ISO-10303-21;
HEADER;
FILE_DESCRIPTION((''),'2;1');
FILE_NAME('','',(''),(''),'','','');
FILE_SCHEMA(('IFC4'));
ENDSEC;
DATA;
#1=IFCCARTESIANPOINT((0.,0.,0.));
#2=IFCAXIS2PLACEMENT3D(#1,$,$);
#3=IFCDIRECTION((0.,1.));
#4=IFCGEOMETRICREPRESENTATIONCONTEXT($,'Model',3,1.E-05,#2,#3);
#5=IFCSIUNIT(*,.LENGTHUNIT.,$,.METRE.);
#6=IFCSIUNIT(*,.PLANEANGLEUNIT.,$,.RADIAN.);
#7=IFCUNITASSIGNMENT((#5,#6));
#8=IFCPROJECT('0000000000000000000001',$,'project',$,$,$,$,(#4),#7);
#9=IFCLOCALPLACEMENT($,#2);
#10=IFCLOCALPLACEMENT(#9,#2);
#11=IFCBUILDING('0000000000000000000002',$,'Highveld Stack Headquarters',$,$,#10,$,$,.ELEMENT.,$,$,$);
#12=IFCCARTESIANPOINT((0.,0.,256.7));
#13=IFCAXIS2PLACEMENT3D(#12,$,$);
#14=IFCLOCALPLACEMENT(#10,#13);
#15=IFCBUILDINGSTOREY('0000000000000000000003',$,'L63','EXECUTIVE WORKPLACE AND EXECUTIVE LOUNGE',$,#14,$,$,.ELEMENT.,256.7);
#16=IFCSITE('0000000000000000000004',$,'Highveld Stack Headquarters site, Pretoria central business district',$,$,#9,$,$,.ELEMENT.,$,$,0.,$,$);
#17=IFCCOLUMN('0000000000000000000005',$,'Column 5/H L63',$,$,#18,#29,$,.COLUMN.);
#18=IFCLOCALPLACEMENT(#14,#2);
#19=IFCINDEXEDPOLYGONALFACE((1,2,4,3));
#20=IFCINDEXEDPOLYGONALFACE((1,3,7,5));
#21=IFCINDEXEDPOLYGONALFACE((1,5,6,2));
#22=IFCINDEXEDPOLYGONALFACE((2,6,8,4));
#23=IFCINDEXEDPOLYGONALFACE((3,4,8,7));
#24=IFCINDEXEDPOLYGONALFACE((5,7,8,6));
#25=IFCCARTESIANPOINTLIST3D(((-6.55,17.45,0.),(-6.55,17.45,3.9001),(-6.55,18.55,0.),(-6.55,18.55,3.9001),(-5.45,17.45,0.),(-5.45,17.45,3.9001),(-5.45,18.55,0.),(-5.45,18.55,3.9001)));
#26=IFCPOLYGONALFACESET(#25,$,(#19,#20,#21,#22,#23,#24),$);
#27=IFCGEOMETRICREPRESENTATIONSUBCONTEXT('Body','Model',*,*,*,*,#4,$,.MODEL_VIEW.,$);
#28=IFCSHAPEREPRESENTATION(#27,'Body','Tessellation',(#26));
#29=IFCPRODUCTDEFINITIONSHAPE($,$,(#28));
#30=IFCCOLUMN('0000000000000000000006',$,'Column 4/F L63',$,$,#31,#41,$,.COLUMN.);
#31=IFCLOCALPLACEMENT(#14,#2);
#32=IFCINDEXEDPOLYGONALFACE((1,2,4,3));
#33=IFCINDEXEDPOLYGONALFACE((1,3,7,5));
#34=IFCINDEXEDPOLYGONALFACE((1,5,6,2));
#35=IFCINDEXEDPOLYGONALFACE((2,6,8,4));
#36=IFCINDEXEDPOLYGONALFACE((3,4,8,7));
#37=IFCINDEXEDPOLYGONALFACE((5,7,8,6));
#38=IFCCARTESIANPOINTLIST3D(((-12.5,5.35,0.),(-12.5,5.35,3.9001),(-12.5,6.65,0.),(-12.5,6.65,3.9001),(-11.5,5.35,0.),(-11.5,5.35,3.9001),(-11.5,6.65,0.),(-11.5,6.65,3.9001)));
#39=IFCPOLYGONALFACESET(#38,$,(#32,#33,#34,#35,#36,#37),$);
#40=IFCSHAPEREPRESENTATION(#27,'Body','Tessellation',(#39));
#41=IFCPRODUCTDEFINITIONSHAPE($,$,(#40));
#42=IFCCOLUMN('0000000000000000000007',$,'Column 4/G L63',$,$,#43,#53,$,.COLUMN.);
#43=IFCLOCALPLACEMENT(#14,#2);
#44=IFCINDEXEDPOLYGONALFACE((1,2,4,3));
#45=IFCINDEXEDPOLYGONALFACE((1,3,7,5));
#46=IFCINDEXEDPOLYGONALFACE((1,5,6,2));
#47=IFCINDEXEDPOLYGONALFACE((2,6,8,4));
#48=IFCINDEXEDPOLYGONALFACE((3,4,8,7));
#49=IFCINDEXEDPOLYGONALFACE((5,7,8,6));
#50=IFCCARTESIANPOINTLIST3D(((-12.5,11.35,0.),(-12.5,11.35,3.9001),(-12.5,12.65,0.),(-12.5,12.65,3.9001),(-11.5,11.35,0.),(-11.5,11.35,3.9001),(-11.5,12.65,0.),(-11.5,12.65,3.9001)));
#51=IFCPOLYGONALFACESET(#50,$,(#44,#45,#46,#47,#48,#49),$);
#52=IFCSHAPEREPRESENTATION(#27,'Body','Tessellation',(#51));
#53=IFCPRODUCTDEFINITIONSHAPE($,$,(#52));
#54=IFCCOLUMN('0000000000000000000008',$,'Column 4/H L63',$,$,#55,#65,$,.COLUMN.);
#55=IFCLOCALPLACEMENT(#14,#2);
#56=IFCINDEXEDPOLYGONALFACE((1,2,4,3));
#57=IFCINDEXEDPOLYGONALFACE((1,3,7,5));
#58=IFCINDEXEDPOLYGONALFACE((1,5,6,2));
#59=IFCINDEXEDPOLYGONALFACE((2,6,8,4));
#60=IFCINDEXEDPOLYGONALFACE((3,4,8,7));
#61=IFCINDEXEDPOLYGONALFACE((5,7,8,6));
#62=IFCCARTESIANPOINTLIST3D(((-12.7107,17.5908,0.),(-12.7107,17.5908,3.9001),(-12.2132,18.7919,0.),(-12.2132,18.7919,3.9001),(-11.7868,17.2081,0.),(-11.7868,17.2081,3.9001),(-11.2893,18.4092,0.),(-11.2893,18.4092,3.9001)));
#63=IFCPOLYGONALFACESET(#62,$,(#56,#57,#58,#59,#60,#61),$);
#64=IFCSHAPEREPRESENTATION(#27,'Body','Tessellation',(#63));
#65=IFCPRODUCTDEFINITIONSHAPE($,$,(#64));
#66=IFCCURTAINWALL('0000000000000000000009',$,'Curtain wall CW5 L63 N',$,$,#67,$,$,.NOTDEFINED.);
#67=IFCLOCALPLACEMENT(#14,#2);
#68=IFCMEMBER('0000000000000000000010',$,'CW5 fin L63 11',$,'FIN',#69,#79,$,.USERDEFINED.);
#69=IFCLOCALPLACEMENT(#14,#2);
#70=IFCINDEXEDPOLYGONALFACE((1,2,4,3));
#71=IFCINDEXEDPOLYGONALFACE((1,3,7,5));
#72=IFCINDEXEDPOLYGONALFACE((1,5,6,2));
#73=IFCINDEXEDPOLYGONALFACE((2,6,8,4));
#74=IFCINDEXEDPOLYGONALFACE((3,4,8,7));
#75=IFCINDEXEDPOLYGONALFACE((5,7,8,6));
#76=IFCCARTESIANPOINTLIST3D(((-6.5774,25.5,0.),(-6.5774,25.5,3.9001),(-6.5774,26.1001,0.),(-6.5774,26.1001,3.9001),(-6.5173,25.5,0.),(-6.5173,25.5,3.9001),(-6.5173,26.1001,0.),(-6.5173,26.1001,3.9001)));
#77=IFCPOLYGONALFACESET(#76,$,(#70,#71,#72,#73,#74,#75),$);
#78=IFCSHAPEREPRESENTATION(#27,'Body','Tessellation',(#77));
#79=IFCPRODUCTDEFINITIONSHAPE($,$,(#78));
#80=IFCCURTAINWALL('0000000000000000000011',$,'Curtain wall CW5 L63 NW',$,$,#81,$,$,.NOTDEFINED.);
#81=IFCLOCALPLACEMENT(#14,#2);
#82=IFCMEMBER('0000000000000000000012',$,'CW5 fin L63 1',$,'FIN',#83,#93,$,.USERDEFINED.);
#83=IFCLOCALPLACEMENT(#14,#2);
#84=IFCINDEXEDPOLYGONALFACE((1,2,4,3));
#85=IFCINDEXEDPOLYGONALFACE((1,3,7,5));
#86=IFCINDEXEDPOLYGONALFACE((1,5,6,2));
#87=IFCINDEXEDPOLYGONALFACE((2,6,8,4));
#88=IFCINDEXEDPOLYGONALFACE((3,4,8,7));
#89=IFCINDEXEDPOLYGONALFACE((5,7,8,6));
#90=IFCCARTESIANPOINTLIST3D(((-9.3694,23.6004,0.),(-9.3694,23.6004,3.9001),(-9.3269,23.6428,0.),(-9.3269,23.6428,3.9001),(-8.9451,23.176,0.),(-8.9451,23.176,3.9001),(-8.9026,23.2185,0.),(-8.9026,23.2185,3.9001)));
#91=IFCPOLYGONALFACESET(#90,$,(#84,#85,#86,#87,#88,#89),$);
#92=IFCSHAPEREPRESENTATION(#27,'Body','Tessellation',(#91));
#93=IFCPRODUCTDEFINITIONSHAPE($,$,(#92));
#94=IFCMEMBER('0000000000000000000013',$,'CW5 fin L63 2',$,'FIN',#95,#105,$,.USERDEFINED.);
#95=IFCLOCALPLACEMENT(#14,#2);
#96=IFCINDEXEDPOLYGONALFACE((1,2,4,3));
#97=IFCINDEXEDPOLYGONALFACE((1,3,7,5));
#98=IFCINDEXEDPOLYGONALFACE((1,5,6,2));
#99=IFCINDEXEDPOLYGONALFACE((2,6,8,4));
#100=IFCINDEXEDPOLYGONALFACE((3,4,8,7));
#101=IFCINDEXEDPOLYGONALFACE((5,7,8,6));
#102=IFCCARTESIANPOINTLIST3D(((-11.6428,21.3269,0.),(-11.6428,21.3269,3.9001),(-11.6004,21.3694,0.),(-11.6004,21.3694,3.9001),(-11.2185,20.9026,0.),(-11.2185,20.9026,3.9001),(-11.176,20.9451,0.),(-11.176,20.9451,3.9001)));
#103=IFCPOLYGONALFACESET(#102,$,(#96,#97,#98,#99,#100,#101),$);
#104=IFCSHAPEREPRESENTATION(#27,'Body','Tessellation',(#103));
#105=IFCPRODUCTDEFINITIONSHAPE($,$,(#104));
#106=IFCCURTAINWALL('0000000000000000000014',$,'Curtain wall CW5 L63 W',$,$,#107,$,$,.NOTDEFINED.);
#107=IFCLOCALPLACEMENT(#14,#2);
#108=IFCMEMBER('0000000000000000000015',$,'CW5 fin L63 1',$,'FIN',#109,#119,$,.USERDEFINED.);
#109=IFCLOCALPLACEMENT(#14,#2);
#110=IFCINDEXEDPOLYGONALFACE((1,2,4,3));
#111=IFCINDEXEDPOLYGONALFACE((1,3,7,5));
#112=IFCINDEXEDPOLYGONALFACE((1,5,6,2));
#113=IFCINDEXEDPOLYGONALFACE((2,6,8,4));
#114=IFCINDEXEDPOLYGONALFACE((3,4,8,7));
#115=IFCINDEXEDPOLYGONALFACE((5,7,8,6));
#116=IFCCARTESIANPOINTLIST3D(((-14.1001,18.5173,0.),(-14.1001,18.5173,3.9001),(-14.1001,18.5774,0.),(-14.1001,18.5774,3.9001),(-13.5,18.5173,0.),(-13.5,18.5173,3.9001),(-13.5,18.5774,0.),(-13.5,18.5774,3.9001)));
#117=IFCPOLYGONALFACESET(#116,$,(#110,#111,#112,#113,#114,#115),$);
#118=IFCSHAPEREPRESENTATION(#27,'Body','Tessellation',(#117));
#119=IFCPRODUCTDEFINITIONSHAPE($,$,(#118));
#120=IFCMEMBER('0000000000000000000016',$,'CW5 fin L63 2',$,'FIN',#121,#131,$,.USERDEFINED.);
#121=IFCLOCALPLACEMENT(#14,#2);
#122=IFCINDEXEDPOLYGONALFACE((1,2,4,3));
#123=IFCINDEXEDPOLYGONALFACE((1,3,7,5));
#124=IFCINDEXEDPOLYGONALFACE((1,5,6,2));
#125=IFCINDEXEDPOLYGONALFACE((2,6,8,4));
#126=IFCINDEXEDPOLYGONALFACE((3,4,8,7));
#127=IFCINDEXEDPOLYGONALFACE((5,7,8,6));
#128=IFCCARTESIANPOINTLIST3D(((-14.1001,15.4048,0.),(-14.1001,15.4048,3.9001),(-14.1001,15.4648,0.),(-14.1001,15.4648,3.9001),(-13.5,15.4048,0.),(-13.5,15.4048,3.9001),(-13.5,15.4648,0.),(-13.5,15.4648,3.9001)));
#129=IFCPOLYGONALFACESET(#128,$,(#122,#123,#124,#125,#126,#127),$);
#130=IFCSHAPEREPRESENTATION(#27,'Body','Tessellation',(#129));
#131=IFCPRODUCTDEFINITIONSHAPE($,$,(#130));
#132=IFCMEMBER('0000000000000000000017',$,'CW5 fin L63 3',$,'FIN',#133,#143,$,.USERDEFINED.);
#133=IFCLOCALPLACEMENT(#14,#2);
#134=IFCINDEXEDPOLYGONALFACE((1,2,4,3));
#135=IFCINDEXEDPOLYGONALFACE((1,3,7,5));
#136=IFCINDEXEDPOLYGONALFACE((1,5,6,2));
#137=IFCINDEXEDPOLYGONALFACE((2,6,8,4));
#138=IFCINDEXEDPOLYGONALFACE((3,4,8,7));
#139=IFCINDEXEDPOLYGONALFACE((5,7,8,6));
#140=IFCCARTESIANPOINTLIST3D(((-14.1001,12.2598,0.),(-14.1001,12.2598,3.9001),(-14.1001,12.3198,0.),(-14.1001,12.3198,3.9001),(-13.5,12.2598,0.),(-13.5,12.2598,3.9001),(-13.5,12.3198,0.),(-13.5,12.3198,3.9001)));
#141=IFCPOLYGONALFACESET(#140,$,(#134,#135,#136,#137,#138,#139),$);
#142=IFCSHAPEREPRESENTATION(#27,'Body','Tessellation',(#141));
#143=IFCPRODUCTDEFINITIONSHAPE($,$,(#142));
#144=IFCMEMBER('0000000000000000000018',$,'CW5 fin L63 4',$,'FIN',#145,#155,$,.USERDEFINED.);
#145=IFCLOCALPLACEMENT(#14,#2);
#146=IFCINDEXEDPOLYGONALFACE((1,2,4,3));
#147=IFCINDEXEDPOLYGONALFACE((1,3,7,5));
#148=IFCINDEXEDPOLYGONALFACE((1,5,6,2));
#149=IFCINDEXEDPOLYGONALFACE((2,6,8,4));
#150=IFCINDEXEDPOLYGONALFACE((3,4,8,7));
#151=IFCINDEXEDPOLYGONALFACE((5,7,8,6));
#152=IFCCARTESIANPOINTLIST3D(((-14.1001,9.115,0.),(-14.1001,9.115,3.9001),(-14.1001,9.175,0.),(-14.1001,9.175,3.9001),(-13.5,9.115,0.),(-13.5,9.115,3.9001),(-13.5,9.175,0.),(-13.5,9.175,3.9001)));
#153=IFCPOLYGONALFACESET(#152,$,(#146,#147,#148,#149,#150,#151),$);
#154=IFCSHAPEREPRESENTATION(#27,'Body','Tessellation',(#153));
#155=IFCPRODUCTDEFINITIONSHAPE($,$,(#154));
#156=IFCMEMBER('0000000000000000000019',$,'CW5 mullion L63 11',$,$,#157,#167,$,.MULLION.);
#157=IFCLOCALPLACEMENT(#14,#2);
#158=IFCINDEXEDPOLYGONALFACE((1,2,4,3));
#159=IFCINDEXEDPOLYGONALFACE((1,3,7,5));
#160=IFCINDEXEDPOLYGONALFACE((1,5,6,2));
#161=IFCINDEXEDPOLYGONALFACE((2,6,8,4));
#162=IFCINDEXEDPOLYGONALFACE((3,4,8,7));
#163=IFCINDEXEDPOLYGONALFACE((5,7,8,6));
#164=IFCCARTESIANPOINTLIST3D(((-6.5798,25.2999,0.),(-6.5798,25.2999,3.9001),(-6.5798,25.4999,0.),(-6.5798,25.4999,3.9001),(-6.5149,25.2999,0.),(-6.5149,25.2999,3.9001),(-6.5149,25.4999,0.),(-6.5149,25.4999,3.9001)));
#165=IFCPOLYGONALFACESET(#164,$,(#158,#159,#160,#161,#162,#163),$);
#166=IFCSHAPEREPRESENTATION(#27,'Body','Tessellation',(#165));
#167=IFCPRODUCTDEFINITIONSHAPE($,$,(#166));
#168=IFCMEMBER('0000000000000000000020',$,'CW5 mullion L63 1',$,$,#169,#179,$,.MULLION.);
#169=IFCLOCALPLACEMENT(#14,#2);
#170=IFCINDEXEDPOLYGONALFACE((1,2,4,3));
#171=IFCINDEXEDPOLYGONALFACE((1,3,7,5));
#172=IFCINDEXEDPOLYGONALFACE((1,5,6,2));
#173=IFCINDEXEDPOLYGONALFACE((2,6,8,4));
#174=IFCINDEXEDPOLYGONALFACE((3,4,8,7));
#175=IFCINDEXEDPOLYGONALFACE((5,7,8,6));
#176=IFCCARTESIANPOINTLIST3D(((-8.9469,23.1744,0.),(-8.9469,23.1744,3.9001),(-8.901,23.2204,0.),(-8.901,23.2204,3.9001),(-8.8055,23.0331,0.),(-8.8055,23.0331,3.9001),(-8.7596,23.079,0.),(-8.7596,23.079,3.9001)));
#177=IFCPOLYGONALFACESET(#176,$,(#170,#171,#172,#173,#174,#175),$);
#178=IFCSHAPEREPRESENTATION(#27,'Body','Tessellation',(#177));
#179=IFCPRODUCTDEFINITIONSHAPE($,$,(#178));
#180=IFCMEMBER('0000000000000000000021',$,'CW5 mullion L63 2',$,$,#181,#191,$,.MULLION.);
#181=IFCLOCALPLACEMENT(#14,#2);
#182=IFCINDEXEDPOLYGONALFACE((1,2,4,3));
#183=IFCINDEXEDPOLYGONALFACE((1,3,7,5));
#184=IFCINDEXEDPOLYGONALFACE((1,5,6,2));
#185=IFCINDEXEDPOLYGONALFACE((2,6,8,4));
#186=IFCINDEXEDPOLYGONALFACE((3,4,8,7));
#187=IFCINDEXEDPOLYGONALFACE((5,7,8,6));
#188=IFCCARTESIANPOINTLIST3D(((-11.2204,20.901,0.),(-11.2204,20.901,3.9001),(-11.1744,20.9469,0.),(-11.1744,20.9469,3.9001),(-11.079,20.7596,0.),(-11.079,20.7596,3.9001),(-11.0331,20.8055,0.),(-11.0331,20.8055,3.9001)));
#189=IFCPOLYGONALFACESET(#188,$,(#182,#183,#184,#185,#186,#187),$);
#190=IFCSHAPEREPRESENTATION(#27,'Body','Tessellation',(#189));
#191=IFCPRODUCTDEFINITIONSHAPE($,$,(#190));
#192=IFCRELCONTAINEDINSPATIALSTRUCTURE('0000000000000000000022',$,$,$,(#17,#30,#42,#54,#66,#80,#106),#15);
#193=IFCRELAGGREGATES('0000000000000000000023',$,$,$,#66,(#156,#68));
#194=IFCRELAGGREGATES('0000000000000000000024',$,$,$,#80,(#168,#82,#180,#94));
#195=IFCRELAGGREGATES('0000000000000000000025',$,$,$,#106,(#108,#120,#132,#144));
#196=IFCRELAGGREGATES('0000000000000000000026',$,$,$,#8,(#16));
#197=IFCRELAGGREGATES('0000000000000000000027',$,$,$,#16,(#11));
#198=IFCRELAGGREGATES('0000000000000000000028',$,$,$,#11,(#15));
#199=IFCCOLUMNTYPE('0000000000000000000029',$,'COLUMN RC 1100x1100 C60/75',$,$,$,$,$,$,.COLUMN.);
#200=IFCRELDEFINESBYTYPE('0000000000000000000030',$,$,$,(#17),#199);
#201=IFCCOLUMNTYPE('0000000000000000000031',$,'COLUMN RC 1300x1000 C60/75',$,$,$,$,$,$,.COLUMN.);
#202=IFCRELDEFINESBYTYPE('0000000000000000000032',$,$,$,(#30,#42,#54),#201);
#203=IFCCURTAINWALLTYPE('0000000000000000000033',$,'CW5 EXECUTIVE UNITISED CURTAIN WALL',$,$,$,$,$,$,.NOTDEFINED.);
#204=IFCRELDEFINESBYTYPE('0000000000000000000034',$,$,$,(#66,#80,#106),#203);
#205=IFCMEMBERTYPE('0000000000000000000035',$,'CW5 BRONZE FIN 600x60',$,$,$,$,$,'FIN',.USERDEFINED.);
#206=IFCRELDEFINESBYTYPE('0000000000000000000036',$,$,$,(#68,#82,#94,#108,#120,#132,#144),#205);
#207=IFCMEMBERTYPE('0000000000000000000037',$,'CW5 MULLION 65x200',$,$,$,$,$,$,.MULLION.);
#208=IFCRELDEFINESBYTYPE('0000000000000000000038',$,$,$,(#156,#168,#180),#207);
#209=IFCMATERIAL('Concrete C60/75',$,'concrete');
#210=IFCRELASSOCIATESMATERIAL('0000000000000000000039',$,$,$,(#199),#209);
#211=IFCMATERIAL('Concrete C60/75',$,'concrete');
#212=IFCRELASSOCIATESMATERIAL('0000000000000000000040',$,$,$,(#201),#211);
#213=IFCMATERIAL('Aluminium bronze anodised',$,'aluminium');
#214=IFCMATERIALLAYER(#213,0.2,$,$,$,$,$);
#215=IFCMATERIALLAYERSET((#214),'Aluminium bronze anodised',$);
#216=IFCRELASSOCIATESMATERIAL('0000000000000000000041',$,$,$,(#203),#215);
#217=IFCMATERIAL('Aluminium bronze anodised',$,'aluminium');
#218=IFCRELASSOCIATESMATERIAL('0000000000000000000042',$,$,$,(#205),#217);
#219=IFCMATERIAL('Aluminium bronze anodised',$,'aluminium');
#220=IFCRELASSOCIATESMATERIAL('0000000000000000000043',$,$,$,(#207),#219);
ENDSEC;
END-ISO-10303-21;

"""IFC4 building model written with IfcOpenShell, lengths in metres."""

from ifc_helpers import new_model, si_unit, direction, frame, origin, origin_2d, place, context, subcontext, project, spatial, rectangle, extrude, material, layer, layer_set, material_profile, profile_set, type_object, element, aggregate, save


model = new_model("IFC4")

# Units and contexts
model_context = context("Model", 3, precision=1e-05, world=origin(), true_north=direction((0.0, 1.0)))
body_context = subcontext(model_context, "Body", "Model", "MODEL_VIEW")
ifc_project = project(units=[si_unit("LENGTHUNIT", "METRE"), si_unit("PLANEANGLEUNIT", "RADIAN")], contexts=[model_context])

# Site, building, storey
site_placement = place(None, origin())
site = spatial("IfcSite", under=ifc_project, at=site_placement, Name="Highveld Stack Headquarters site, Pretoria central business district", CompositionType="ELEMENT", RefElevation=0.0)
building_placement = place(site_placement, origin())
building = spatial("IfcBuilding", under=site, at=building_placement, Name="Highveld Stack Headquarters", CompositionType="ELEMENT")
storey_placement = place(building_placement, frame((0.0, 0.0, 256.7)))
storey = spatial("IfcBuildingStorey", under=building, at=storey_placement, Name="L63", Description="EXECUTIVE WORKPLACE AND EXECUTIVE LOUNGE", CompositionType="ELEMENT", Elevation=256.7)

# Columns
ifc_material_1 = material(Name="Concrete C60/75", Category="concrete")
ifc_material_profile_1 = material_profile(ifc_material_1, rectangle(XDim=1.1001, YDim=1.1001, at=origin_2d()), Name="RC 1100x1100")
ifc_profile_set_1 = profile_set([ifc_material_profile_1], Name="Concrete C60/75")
column_type_1 = type_object("IfcColumnType", Name="COLUMN RC 1100x1100 C60/75", PredefinedType="COLUMN", material=ifc_profile_set_1)
column_placement = place(storey_placement, frame((-6.0, 18.0, 0.0), z_axis=(0.0, 0.0, 1.0), x_axis=(1.0, 0.0, 0.0)))
element("IfcColumn", 1, at=column_placement, inside=storey, type_object=column_type_1, Name="Column 5/H L63", PredefinedType="COLUMN", context=body_context, shape_type="SweptSolid", body=[
    extrude(rectangle(XDim=1.1001, YDim=1.1001, at=origin_2d()), origin(), (0.0, 0.0, 1.0), 3.9001),
])
ifc_material_2 = material(Name="Concrete C60/75", Category="concrete")
ifc_material_profile_2 = material_profile(ifc_material_2, rectangle(XDim=1.3, YDim=1.0, at=origin_2d()), Name="RC 1300x1000")
ifc_profile_set_2 = profile_set([ifc_material_profile_2], Name="Concrete C60/75")
column_type_2 = type_object("IfcColumnType", Name="COLUMN RC 1300x1000 C60/75", PredefinedType="COLUMN", material=ifc_profile_set_2)
for number, where, z_axis, x_axis, name in (
    (2, (-12.0, 6.0, 0.0), (0.0, 0.0, 1.0), (0.0, 1.0, 0.0), "Column 4/F L63"),
    (3, (-12.0, 12.0, 0.0), (0.0, 0.0, 1.0), (0.0, 1.0, 0.0), "Column 4/G L63"),
    (4, (-12.0, 18.0, 0.0), (0.0, 0.0, 1.0), (0.382683, 0.92388, 0.0), "Column 4/H L63"),
):
    element("IfcColumn", number, at=place(storey_placement, frame(where, z_axis=z_axis, x_axis=x_axis)), inside=storey, type_object=column_type_2, Name=name, PredefinedType="COLUMN", context=body_context, shape_type="SweptSolid", body=[
        extrude(rectangle(XDim=1.3, YDim=1.0, at=origin_2d()), origin(), (0.0, 0.0, 1.0), 3.9001),
    ])

# Curtain wall, member
ifc_material_3 = material(Name="Aluminium bronze anodised", Category="aluminium")
ifc_layer_1 = layer(ifc_material_3, 0.2)
ifc_layer_set_1 = layer_set([ifc_layer_1], Name="Aluminium bronze anodised")
curtain_wall_type = type_object("IfcCurtainWallType", Name="CW5 EXECUTIVE UNITISED CURTAIN WALL", PredefinedType="NOTDEFINED", material=ifc_layer_set_1)
curtain_wall_1_placement = place(storey_placement, origin())
curtain_wall_1 = element("IfcCurtainWall", 5, at=curtain_wall_1_placement, inside=storey, type_object=curtain_wall_type, Name="Curtain wall CW5 L63 N", PredefinedType="NOTDEFINED")
ifc_material_4 = material(Name="Aluminium bronze anodised", Category="aluminium")
ifc_material_profile_3 = material_profile(ifc_material_4, rectangle(XDim=0.6001, YDim=0.0601, at=origin_2d()), Name="FIN 600x60")
ifc_profile_set_3 = profile_set([ifc_material_profile_3], Name="Aluminium bronze anodised")
member_type_1 = type_object("IfcMemberType", Name="CW5 BRONZE FIN 600x60", ElementType="FIN", PredefinedType="USERDEFINED", material=ifc_profile_set_3)
member_1_placement = place(storey_placement, frame((-6.5474, 25.8, 0.0), z_axis=(0.0, 0.0, 1.0), x_axis=(0.0, -1.0, 0.0)))
member_1 = element("IfcMember", 6, at=member_1_placement, type_object=member_type_1, Name="CW5 fin L63 11", ObjectType="FIN", PredefinedType="USERDEFINED", context=body_context, shape_type="SweptSolid", body=[
    extrude(rectangle(XDim=0.6001, YDim=0.0601, at=origin_2d()), origin(), (0.0, 0.0, 1.0), 3.9001),
])

# Curtain walls, members
curtain_wall_2_placement = place(storey_placement, origin())
curtain_wall_2 = element("IfcCurtainWall", 7, at=curtain_wall_2_placement, inside=storey, type_object=curtain_wall_type, Name="Curtain wall CW5 L63 NW", PredefinedType="NOTDEFINED")
member_2_placement = place(storey_placement, frame((-9.136, 23.4094, 0.0), z_axis=(0.0, 0.0, 1.0), x_axis=(0.707107, -0.707107, 0.0)))
member_2 = element("IfcMember", 8, at=member_2_placement, type_object=member_type_1, Name="CW5 fin L63 1", ObjectType="FIN", PredefinedType="USERDEFINED", context=body_context, shape_type="SweptSolid", body=[
    extrude(rectangle(XDim=0.6001, YDim=0.0601, at=origin_2d()), origin(), (0.0, 0.0, 1.0), 3.9001),
])
member_3_placement = place(storey_placement, frame((-11.4094, 21.136, 0.0), z_axis=(0.0, 0.0, 1.0), x_axis=(0.707107, -0.707107, 0.0)))
member_3 = element("IfcMember", 9, at=member_3_placement, type_object=member_type_1, Name="CW5 fin L63 2", ObjectType="FIN", PredefinedType="USERDEFINED", context=body_context, shape_type="SweptSolid", body=[
    extrude(rectangle(XDim=0.6001, YDim=0.0601, at=origin_2d()), origin(), (0.0, 0.0, 1.0), 3.9001),
])
curtain_wall_3_placement = place(storey_placement, origin())
curtain_wall_3 = element("IfcCurtainWall", 10, at=curtain_wall_3_placement, inside=storey, type_object=curtain_wall_type, Name="Curtain wall CW5 L63 W", PredefinedType="NOTDEFINED")
member_4_placement = place(storey_placement, frame((-13.8, 18.5474, 0.0), z_axis=(0.0, 0.0, 1.0), x_axis=(1.0, 0.0, 0.0)))
member_4 = element("IfcMember", 11, at=member_4_placement, type_object=member_type_1, Name="CW5 fin L63 1", ObjectType="FIN", PredefinedType="USERDEFINED", context=body_context, shape_type="SweptSolid", body=[
    extrude(rectangle(XDim=0.6001, YDim=0.0601, at=origin_2d()), origin(), (0.0, 0.0, 1.0), 3.9001),
])
member_5_placement = place(storey_placement, frame((-13.8, 15.4348, 0.0), z_axis=(0.0, 0.0, 1.0), x_axis=(1.0, 0.0, 0.0)))
member_5 = element("IfcMember", 12, at=member_5_placement, type_object=member_type_1, Name="CW5 fin L63 2", ObjectType="FIN", PredefinedType="USERDEFINED", context=body_context, shape_type="SweptSolid", body=[
    extrude(rectangle(XDim=0.6001, YDim=0.0601, at=origin_2d()), origin(), (0.0, 0.0, 1.0), 3.9001),
])
member_6_placement = place(storey_placement, frame((-13.8, 12.2898, 0.0), z_axis=(0.0, 0.0, 1.0), x_axis=(1.0, 0.0, 0.0)))
member_6 = element("IfcMember", 13, at=member_6_placement, type_object=member_type_1, Name="CW5 fin L63 3", ObjectType="FIN", PredefinedType="USERDEFINED", context=body_context, shape_type="SweptSolid", body=[
    extrude(rectangle(XDim=0.6001, YDim=0.0601, at=origin_2d()), origin(), (0.0, 0.0, 1.0), 3.9001),
])
member_7_placement = place(storey_placement, frame((-13.8, 9.145, 0.0), z_axis=(0.0, 0.0, 1.0), x_axis=(1.0, 0.0, 0.0)))
member_7 = element("IfcMember", 14, at=member_7_placement, type_object=member_type_1, Name="CW5 fin L63 4", ObjectType="FIN", PredefinedType="USERDEFINED", context=body_context, shape_type="SweptSolid", body=[
    extrude(rectangle(XDim=0.6001, YDim=0.0601, at=origin_2d()), origin(), (0.0, 0.0, 1.0), 3.9001),
])

# Members
ifc_material_5 = material(Name="Aluminium bronze anodised", Category="aluminium")
ifc_material_profile_4 = material_profile(ifc_material_5, rectangle(XDim=0.2, YDim=0.0649, at=origin_2d()), Name="CW5 MULLION 65x200")
ifc_profile_set_4 = profile_set([ifc_material_profile_4], Name="Aluminium bronze anodised")
member_type_2 = type_object("IfcMemberType", Name="CW5 MULLION 65x200", PredefinedType="MULLION", material=ifc_profile_set_4)
member_8_placement = place(storey_placement, frame((-6.5474, 25.3999, 0.0), z_axis=(0.0, 0.0, 1.0), x_axis=(0.0, -1.0, 0.0)))
member_8 = element("IfcMember", 15, at=member_8_placement, type_object=member_type_2, Name="CW5 mullion L63 11", PredefinedType="MULLION", context=body_context, shape_type="SweptSolid", body=[
    extrude(rectangle(XDim=0.2, YDim=0.0649, at=origin_2d()), origin(), (0.0, 0.0, 1.0), 3.9001),
])
aggregate(curtain_wall_1, [member_8, member_1])
member_9_placement = place(storey_placement, frame((-8.8533, 23.1267, 0.0), z_axis=(0.0, 0.0, 1.0), x_axis=(0.707107, -0.707107, 0.0)))
member_9 = element("IfcMember", 16, at=member_9_placement, type_object=member_type_2, Name="CW5 mullion L63 1", PredefinedType="MULLION", context=body_context, shape_type="SweptSolid", body=[
    extrude(rectangle(XDim=0.2, YDim=0.0649, at=origin_2d()), origin(), (0.0, 0.0, 1.0), 3.9001),
])
member_10_placement = place(storey_placement, frame((-11.1267, 20.8533, 0.0), z_axis=(0.0, 0.0, 1.0), x_axis=(0.707107, -0.707107, 0.0)))
member_10 = element("IfcMember", 17, at=member_10_placement, type_object=member_type_2, Name="CW5 mullion L63 2", PredefinedType="MULLION", context=body_context, shape_type="SweptSolid", body=[
    extrude(rectangle(XDim=0.2, YDim=0.0649, at=origin_2d()), origin(), (0.0, 0.0, 1.0), 3.9001),
])

aggregate(curtain_wall_2, [member_9, member_2, member_10, member_3])
aggregate(curtain_wall_3, [member_4, member_5, member_6, member_7])

save(model, "model.ifc")
